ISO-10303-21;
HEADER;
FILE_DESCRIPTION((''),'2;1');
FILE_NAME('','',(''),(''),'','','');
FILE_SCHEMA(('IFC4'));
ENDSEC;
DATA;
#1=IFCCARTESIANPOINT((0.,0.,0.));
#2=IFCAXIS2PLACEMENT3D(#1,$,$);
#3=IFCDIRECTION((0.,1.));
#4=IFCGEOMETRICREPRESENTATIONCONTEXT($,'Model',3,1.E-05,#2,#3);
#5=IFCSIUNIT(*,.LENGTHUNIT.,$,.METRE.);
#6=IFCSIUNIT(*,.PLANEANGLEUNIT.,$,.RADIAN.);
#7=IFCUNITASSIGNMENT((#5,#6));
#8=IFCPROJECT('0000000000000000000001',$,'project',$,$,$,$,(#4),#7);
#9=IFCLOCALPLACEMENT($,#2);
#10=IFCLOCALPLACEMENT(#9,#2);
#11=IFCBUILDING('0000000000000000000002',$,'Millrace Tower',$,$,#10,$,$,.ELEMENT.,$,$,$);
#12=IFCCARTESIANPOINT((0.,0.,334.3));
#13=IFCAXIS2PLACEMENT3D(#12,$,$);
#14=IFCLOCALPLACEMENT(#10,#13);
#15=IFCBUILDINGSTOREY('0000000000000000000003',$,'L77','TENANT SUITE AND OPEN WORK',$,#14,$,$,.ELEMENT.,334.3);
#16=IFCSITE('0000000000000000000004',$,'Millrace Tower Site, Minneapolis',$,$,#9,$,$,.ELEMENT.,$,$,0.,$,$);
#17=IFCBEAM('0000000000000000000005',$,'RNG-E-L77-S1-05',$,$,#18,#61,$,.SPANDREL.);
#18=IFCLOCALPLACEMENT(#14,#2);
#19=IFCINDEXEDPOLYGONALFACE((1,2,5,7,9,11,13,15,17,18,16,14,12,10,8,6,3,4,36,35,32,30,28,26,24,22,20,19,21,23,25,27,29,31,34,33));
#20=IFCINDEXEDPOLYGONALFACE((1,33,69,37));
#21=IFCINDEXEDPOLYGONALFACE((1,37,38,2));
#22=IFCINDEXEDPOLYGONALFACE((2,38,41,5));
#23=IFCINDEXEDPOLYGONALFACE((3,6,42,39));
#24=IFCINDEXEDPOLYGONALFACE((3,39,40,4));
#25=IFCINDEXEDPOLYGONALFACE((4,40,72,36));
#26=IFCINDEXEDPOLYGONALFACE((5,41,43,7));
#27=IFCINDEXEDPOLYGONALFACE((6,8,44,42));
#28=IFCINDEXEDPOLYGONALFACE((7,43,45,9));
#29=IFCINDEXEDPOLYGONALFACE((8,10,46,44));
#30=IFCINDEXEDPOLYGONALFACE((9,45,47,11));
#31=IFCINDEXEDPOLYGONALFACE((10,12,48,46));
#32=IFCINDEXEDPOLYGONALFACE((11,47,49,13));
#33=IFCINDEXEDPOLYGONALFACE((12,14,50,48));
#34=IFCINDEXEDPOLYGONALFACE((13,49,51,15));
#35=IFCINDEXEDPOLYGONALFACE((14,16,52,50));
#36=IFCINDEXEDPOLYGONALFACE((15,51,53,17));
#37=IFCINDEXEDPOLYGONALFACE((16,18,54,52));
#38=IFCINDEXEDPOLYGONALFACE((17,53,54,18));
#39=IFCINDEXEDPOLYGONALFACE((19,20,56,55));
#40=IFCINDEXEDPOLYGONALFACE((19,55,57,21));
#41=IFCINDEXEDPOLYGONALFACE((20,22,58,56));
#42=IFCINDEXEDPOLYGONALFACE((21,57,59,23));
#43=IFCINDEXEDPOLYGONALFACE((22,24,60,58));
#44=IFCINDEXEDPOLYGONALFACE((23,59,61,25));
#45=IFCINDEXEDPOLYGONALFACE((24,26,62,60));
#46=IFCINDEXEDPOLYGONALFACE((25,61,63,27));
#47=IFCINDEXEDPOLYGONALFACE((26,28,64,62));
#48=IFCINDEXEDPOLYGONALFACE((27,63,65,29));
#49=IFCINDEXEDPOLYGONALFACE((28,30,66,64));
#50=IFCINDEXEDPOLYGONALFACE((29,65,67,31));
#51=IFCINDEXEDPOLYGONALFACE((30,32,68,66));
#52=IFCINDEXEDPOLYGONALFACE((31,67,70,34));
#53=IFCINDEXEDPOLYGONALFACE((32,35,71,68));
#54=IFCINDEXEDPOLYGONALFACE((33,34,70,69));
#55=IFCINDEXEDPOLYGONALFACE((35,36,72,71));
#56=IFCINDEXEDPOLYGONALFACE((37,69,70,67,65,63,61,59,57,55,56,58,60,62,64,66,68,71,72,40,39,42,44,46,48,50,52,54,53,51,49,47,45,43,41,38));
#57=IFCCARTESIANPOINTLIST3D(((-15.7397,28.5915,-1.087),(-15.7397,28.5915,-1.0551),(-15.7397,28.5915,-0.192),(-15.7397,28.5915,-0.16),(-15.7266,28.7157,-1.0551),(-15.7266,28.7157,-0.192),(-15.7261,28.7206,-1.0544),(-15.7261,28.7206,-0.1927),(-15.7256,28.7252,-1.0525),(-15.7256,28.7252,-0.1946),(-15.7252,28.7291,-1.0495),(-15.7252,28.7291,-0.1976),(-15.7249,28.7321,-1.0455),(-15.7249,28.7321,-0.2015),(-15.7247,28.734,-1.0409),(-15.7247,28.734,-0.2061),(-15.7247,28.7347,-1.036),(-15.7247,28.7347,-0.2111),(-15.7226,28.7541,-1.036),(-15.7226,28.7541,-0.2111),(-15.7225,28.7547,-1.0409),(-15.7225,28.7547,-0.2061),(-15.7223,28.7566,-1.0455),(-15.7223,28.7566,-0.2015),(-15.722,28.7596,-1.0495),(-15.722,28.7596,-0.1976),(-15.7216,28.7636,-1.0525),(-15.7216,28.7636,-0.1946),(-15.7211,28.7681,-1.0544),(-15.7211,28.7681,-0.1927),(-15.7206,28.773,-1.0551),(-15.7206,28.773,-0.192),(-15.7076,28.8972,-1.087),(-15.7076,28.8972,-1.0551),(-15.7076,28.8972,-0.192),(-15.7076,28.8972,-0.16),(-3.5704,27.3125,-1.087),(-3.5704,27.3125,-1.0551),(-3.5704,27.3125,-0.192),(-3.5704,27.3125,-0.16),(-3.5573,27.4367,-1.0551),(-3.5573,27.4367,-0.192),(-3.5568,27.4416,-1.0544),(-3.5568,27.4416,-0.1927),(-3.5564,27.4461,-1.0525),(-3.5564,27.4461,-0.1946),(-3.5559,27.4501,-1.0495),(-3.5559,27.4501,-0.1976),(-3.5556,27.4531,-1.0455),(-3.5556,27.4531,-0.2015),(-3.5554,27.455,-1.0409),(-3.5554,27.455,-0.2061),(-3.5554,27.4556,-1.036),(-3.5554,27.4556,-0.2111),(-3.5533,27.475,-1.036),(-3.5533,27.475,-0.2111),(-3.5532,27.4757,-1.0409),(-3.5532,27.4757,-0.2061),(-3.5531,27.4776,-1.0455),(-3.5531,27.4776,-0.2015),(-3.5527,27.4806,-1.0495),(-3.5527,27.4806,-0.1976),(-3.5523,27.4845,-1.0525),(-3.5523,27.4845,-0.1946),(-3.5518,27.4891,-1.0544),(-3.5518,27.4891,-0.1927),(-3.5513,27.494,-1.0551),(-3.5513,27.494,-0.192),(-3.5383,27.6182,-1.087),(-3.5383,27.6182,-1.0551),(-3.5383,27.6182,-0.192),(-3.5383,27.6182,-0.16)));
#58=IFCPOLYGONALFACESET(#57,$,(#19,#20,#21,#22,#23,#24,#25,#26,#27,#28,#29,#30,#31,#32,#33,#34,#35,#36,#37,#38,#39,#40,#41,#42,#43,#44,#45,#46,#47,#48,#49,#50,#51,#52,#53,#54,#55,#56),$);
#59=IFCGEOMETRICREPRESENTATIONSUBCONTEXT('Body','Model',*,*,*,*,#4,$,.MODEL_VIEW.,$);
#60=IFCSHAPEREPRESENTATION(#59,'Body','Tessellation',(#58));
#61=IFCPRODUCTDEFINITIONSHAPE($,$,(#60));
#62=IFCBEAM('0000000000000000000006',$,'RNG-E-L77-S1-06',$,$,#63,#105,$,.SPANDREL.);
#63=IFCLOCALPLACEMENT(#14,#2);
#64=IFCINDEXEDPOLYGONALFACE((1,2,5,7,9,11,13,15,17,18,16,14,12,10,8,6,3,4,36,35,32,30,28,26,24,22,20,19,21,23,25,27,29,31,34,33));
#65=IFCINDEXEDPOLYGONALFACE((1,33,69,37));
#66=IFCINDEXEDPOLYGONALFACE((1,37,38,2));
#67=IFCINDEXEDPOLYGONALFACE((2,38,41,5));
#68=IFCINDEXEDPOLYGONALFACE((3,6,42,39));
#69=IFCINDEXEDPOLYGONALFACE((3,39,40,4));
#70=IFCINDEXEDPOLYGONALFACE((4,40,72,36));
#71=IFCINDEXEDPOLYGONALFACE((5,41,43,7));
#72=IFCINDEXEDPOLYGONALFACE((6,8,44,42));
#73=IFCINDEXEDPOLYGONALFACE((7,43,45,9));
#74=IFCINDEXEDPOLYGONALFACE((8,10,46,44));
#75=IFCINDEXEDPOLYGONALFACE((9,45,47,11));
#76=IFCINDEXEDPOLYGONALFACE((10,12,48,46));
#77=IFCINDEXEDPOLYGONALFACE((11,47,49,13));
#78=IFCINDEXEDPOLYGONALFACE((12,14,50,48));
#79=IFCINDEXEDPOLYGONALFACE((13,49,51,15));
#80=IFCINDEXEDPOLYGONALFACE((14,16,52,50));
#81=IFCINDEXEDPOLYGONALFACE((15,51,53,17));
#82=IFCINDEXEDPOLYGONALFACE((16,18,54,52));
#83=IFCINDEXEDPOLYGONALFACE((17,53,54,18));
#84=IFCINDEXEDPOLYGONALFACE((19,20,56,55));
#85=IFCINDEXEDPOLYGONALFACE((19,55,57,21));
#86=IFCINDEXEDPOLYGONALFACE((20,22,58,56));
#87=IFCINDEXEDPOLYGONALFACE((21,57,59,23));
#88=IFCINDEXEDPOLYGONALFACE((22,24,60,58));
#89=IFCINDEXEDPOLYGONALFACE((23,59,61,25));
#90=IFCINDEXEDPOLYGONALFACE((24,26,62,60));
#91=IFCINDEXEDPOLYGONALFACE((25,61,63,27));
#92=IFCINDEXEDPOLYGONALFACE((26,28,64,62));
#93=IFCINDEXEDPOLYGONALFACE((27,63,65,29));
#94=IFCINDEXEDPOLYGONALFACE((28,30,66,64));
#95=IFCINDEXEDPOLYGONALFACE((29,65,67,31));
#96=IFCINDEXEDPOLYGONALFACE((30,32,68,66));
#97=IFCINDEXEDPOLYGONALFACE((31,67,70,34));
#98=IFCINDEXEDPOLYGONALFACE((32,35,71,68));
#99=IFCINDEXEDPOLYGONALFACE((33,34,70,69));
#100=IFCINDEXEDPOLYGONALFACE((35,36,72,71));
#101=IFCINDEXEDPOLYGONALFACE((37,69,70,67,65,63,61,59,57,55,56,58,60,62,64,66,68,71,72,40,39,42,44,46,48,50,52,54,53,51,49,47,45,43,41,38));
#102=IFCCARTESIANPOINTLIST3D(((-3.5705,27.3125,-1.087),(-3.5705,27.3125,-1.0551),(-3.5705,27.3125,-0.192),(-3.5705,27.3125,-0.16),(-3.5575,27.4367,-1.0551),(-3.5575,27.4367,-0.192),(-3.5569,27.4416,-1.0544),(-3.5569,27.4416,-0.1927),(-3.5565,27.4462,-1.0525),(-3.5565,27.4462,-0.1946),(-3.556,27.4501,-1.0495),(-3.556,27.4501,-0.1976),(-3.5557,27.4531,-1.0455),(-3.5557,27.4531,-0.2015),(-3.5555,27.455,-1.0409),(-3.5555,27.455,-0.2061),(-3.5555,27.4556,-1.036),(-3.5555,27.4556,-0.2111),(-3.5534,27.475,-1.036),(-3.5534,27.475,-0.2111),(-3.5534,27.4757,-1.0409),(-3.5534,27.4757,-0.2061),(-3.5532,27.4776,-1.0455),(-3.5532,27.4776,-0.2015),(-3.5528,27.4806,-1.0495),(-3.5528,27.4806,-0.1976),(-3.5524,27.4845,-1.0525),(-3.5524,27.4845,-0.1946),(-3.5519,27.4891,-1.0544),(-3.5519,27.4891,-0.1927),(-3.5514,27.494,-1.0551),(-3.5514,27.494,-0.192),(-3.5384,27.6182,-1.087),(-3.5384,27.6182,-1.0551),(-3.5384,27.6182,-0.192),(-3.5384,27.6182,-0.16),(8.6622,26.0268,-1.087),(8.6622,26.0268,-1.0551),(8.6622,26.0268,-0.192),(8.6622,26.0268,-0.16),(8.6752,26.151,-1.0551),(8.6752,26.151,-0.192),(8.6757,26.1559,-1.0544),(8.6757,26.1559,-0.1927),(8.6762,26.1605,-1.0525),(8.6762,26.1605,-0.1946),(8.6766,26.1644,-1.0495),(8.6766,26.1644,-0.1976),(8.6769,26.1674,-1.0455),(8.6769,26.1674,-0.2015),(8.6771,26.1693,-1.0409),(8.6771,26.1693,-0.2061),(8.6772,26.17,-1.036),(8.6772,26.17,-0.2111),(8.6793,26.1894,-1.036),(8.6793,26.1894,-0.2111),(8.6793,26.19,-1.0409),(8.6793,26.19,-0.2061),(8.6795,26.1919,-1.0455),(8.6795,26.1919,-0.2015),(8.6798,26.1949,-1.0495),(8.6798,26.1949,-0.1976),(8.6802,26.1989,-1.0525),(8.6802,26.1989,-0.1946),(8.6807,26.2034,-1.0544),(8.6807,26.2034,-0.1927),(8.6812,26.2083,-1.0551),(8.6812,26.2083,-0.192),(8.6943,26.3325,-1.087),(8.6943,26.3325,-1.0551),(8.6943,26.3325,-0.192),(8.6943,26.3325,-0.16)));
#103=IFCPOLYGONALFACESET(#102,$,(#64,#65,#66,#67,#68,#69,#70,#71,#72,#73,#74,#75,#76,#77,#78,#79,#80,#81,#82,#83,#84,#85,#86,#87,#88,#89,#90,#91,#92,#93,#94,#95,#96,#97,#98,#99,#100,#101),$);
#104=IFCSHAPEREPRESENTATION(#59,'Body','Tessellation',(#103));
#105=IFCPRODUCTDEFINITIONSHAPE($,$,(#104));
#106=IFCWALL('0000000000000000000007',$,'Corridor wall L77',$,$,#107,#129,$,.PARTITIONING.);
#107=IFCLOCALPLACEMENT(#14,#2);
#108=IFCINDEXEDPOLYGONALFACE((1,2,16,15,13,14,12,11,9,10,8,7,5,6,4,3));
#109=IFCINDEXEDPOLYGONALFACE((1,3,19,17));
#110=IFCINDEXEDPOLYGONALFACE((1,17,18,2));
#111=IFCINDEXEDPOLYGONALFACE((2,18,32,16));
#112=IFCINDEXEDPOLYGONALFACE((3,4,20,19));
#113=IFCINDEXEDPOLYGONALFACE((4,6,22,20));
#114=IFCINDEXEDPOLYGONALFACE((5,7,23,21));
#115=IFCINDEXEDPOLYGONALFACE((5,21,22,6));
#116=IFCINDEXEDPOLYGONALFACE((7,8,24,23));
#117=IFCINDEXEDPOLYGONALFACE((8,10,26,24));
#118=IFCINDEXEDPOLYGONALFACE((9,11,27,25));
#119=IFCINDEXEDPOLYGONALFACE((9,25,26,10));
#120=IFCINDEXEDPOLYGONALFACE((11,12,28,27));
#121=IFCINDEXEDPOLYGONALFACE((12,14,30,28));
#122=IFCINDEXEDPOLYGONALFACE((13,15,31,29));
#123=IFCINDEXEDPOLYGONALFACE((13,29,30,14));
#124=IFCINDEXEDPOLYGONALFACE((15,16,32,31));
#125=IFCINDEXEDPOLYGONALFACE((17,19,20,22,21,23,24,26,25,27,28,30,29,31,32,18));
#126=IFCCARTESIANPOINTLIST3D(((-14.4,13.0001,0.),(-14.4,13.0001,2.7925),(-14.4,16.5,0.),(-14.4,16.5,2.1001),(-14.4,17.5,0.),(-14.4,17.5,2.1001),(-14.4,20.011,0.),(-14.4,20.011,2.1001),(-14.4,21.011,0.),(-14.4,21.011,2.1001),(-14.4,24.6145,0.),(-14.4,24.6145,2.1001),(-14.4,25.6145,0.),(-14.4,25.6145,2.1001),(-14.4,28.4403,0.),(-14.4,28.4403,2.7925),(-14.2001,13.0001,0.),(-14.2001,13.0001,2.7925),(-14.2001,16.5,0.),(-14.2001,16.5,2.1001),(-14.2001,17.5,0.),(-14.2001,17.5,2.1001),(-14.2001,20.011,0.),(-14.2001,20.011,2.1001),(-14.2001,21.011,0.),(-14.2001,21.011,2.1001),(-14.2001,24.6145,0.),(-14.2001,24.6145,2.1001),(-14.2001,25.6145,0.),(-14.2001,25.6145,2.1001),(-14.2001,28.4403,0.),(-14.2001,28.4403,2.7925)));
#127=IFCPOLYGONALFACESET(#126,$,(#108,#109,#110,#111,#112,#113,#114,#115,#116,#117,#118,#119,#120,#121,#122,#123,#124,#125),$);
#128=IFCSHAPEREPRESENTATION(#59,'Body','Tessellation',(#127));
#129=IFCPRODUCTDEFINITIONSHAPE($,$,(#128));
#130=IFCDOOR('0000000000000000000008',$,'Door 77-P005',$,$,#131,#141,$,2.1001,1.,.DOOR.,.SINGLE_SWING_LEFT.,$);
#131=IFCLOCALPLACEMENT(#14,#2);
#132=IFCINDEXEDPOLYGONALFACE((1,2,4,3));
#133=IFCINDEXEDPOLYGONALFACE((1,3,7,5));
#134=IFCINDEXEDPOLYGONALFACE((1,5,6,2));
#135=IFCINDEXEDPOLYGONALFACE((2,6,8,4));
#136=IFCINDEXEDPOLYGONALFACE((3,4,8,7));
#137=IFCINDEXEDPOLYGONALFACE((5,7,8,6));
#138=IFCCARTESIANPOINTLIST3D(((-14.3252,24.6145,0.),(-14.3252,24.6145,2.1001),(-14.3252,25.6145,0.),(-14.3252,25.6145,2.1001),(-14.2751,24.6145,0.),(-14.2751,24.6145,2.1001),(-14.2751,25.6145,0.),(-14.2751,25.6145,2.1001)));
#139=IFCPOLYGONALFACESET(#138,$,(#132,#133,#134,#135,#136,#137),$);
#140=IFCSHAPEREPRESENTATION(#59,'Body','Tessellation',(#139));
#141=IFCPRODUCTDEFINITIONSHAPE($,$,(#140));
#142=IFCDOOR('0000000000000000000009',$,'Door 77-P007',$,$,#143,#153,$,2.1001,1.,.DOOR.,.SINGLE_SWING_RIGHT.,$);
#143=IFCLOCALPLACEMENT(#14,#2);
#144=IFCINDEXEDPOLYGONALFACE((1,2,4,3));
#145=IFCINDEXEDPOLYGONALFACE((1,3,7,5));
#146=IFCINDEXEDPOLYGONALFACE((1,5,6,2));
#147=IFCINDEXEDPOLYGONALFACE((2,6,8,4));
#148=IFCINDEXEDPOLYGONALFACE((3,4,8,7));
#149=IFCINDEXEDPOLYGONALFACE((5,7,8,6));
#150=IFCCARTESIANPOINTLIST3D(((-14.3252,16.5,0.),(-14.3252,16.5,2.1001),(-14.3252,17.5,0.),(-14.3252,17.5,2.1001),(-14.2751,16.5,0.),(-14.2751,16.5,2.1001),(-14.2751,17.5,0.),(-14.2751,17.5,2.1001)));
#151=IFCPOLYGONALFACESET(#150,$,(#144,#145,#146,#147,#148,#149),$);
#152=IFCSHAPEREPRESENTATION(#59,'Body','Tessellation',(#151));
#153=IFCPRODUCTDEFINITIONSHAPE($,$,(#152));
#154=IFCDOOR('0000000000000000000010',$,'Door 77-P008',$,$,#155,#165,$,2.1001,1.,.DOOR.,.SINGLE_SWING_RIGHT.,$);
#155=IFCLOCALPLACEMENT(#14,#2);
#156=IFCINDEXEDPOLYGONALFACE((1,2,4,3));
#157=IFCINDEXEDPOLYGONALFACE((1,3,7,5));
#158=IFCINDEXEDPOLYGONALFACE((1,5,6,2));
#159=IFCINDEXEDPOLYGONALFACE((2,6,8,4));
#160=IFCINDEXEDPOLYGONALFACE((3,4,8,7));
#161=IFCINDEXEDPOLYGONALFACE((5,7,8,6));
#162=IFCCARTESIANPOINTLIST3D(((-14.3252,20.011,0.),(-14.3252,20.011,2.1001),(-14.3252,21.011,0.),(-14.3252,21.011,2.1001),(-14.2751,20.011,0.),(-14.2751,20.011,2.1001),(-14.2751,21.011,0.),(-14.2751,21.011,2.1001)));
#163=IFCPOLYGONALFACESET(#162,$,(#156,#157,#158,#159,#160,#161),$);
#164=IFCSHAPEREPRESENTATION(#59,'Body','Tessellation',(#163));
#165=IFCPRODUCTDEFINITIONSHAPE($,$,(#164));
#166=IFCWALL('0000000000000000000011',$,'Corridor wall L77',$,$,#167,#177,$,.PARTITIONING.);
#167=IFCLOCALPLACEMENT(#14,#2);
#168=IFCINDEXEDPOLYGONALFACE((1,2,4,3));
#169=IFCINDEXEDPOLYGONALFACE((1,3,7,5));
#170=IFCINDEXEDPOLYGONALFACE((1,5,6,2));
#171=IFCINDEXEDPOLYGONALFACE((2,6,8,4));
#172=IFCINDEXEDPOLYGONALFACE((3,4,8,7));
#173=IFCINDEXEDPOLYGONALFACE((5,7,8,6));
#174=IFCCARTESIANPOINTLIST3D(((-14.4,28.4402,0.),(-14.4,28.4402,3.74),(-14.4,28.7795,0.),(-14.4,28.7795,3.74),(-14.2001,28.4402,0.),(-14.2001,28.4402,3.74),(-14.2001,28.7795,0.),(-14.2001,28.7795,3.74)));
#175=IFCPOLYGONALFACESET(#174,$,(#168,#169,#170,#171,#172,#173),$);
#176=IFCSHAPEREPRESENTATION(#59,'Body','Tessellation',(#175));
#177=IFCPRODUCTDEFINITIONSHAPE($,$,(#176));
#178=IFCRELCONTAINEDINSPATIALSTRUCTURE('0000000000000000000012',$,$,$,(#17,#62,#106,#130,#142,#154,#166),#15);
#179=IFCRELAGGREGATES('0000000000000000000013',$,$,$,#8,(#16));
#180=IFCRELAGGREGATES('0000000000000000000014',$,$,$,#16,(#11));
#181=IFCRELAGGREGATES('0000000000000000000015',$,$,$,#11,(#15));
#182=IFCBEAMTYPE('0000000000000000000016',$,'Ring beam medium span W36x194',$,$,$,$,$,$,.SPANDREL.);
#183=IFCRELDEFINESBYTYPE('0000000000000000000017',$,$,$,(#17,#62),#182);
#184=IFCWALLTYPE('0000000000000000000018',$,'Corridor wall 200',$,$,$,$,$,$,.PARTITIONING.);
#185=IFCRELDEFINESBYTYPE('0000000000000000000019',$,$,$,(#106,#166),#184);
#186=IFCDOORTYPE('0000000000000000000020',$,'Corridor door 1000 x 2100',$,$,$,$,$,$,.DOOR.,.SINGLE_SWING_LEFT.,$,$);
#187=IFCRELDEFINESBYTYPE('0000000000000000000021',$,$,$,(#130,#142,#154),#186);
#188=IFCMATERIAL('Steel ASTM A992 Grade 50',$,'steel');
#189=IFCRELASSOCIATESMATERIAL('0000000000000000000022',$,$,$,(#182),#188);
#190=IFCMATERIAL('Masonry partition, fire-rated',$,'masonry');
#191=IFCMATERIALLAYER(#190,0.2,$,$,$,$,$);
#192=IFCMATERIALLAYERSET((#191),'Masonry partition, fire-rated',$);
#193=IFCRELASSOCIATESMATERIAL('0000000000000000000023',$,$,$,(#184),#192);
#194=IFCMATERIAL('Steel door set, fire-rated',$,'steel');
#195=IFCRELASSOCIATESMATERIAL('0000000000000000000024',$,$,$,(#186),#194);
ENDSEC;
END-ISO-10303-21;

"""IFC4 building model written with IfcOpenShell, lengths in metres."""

from ifc_helpers import new_model, si_unit, direction, frame, frame_2d, origin, origin_2d, place, context, subcontext, project, spatial, rectangle, i_section, extrude, material, layer, layer_set, material_profile, profile_set, type_object, element, fill, save


model = new_model("IFC4")

# Units and contexts
model_context = context("Model", 3, precision=1e-05, world=origin(), true_north=direction((0.0, 1.0)))
body_context = subcontext(model_context, "Body", "Model", "MODEL_VIEW")
ifc_project = project(units=[si_unit("LENGTHUNIT", "METRE"), si_unit("PLANEANGLEUNIT", "RADIAN")], contexts=[model_context])

# Site, building, storey
site_placement = place(None, origin())
site = spatial("IfcSite", under=ifc_project, at=site_placement, Name="Millrace Tower Site, Minneapolis", CompositionType="ELEMENT", RefElevation=0.0)
building_placement = place(site_placement, origin())
building = spatial("IfcBuilding", under=site, at=building_placement, Name="Millrace Tower", CompositionType="ELEMENT")
storey_placement = place(building_placement, frame((0.0, 0.0, 334.3)))
storey = spatial("IfcBuildingStorey", under=building, at=storey_placement, Name="L77", Description="TENANT SUITE AND OPEN WORK", CompositionType="ELEMENT", Elevation=334.3)

# Beams
ifc_material_1 = material(Name="Steel ASTM A992 Grade 50", Category="steel")
ifc_material_profile_1 = material_profile(ifc_material_1, i_section(OverallWidth=0.3074, OverallDepth=0.927, WebThickness=0.0195, FlangeThickness=0.032, FilletRadius=0.019, at=origin_2d()))
ifc_profile_set_1 = profile_set([ifc_material_profile_1], Name="Steel ASTM A992 Grade 50")
beam_type_1 = type_object("IfcBeamType", Name="Ring beam medium span W36x194", PredefinedType="SPANDREL", material=ifc_profile_set_1)
beam_1_placement = place(storey_placement, frame((-15.7236, 28.7444, -0.6235), z_axis=(0.994522, -0.10453, 0.0), x_axis=(0.10453, 0.994522, 0.0)))
element("IfcBeam", 1, at=beam_1_placement, inside=storey, type_object=beam_type_1, Name="RNG-E-L77-S1-05", PredefinedType="SPANDREL", context=body_context, shape_type="SweptSolid", body=[
    extrude(i_section(OverallWidth=0.3074, OverallDepth=0.927, WebThickness=0.0195, FlangeThickness=0.032, FilletRadius=0.019, at=origin_2d()), origin(), (0.0, 0.0, 1.0), 12.2363),
])
beam_2_placement = place(storey_placement, frame((-3.5544, 27.4653, -0.6235), z_axis=(0.994522, -0.104524, 0.0), x_axis=(0.104524, 0.994522, 0.0)))
element("IfcBeam", 2, at=beam_2_placement, inside=storey, type_object=beam_type_1, Name="RNG-E-L77-S1-06", PredefinedType="SPANDREL", context=body_context, shape_type="SweptSolid", body=[
    extrude(i_section(OverallWidth=0.3074, OverallDepth=0.927, WebThickness=0.0195, FlangeThickness=0.032, FilletRadius=0.019, at=origin_2d()), origin(), (0.0, 0.0, 1.0), 12.3),
])

# Wall, openings, doors
ifc_material_2 = material(Name="Masonry partition, fire-rated", Category="masonry")
ifc_layer_1 = layer(ifc_material_2, 0.2)
ifc_layer_set_1 = layer_set([ifc_layer_1], Name="Masonry partition, fire-rated")
wall_type_1 = type_object("IfcWallType", Name="Corridor wall 200", PredefinedType="PARTITIONING", material=ifc_layer_set_1)
wall_1_placement = place(storey_placement, frame((-14.3, 13.0, 0.0), z_axis=(0.0, 0.0, 1.0), x_axis=(0.0, 1.0, 0.0)))
wall_1 = element("IfcWall", 3, at=wall_1_placement, inside=storey, type_object=wall_type_1, Name="Corridor wall L77", PredefinedType="PARTITIONING", context=body_context, shape_type="SweptSolid", body=[
    extrude(rectangle(XDim=15.4402, YDim=0.2, at=frame_2d((7.7202, 0.0))), origin(), (0.0, 0.0, 1.0), 2.7925),
])
opening_1_placement = place(wall_1_placement, frame((11.6145, 0.0, 0.0)))
opening_1 = element("IfcOpeningElement", 4, at=opening_1_placement, cuts=wall_1, PredefinedType="OPENING", context=body_context, shape_type="SweptSolid", body=[
    extrude(rectangle(XDim=1.0, YDim=2.1001, at=frame_2d((0.5, 1.05))), frame((0.0, 0.1099, 0.0), z_axis=(0.0, -1.0, 0.0), x_axis=(1.0, 0.0, 0.0)), (0.0, 0.0, 1.0), 0.22),
])
opening_2_placement = place(wall_1_placement, frame((3.5, 0.0, 0.0)))
opening_2 = element("IfcOpeningElement", 5, at=opening_2_placement, cuts=wall_1, PredefinedType="OPENING", context=body_context, shape_type="SweptSolid", body=[
    extrude(rectangle(XDim=1.0, YDim=2.1001, at=frame_2d((0.5, 1.05))), frame((0.0, 0.1099, 0.0), z_axis=(0.0, -1.0, 0.0), x_axis=(1.0, 0.0, 0.0)), (0.0, 0.0, 1.0), 0.22),
])
opening_3_placement = place(wall_1_placement, frame((7.011, 0.0, 0.0)))
opening_3 = element("IfcOpeningElement", 6, at=opening_3_placement, cuts=wall_1, PredefinedType="OPENING", context=body_context, shape_type="SweptSolid", body=[
    extrude(rectangle(XDim=1.0, YDim=2.1001, at=frame_2d((0.5, 1.05))), frame((0.0, 0.1099, 0.0), z_axis=(0.0, -1.0, 0.0), x_axis=(1.0, 0.0, 0.0)), (0.0, 0.0, 1.0), 0.22),
])
ifc_material_3 = material(Name="Steel door set, fire-rated", Category="steel")
door_type = type_object("IfcDoorType", Name="Corridor door 1000 x 2100", OperationType="SINGLE_SWING_LEFT", PredefinedType="DOOR", material=ifc_material_3)
door_1_placement = place(opening_1_placement, frame((1.0, 0.0, 0.0), z_axis=(0.0, 0.0, 1.0), x_axis=(-1.0, 0.0, 0.0)))
door_1 = element("IfcDoor", 7, at=door_1_placement, inside=storey, type_object=door_type, Name="Door 77-P005", OperationType="SINGLE_SWING_LEFT", OverallHeight=2.1001, OverallWidth=1.0, PredefinedType="DOOR", context=body_context, shape_type="SweptSolid", body=[
    extrude(rectangle(XDim=1.0, YDim=2.1001, at=frame_2d((0.5, 1.05))), frame((0.0, 0.0249, 0.0), z_axis=(0.0, -1.0, 0.0), x_axis=(1.0, 0.0, 0.0)), (0.0, 0.0, 1.0), 0.05),
])
fill(opening_1, door_1)
door_2_placement = place(opening_2_placement, frame((1.0, 0.0, 0.0), z_axis=(0.0, 0.0, 1.0), x_axis=(-1.0, 0.0, 0.0)))
door_2 = element("IfcDoor", 8, at=door_2_placement, inside=storey, type_object=door_type, Name="Door 77-P007", OperationType="SINGLE_SWING_RIGHT", OverallHeight=2.1001, OverallWidth=1.0, PredefinedType="DOOR", context=body_context, shape_type="SweptSolid", body=[
    extrude(rectangle(XDim=1.0, YDim=2.1001, at=frame_2d((0.5, 1.05))), frame((0.0, 0.0249, 0.0), z_axis=(0.0, -1.0, 0.0), x_axis=(1.0, 0.0, 0.0)), (0.0, 0.0, 1.0), 0.05),
])
fill(opening_2, door_2)
door_3_placement = place(opening_3_placement, frame((1.0, 0.0, 0.0), z_axis=(0.0, 0.0, 1.0), x_axis=(-1.0, 0.0, 0.0)))
door_3 = element("IfcDoor", 9, at=door_3_placement, inside=storey, type_object=door_type, Name="Door 77-P008", OperationType="SINGLE_SWING_RIGHT", OverallHeight=2.1001, OverallWidth=1.0, PredefinedType="DOOR", context=body_context, shape_type="SweptSolid", body=[
    extrude(rectangle(XDim=1.0, YDim=2.1001, at=frame_2d((0.5, 1.05))), frame((0.0, 0.0249, 0.0), z_axis=(0.0, -1.0, 0.0), x_axis=(1.0, 0.0, 0.0)), (0.0, 0.0, 1.0), 0.05),
])
fill(opening_3, door_3)

# Wall
wall_2_placement = place(storey_placement, frame((-14.3, 28.4402, 0.0), z_axis=(0.0, 0.0, 1.0), x_axis=(0.0, 1.0, 0.0)))
element("IfcWall", 10, at=wall_2_placement, inside=storey, type_object=wall_type_1, Name="Corridor wall L77", PredefinedType="PARTITIONING", context=body_context, shape_type="SweptSolid", body=[
    extrude(rectangle(XDim=0.3394, YDim=0.2, at=frame_2d((0.1697, 0.0))), origin(), (0.0, 0.0, 1.0), 3.74),
])

save(model, "model.ifc")
